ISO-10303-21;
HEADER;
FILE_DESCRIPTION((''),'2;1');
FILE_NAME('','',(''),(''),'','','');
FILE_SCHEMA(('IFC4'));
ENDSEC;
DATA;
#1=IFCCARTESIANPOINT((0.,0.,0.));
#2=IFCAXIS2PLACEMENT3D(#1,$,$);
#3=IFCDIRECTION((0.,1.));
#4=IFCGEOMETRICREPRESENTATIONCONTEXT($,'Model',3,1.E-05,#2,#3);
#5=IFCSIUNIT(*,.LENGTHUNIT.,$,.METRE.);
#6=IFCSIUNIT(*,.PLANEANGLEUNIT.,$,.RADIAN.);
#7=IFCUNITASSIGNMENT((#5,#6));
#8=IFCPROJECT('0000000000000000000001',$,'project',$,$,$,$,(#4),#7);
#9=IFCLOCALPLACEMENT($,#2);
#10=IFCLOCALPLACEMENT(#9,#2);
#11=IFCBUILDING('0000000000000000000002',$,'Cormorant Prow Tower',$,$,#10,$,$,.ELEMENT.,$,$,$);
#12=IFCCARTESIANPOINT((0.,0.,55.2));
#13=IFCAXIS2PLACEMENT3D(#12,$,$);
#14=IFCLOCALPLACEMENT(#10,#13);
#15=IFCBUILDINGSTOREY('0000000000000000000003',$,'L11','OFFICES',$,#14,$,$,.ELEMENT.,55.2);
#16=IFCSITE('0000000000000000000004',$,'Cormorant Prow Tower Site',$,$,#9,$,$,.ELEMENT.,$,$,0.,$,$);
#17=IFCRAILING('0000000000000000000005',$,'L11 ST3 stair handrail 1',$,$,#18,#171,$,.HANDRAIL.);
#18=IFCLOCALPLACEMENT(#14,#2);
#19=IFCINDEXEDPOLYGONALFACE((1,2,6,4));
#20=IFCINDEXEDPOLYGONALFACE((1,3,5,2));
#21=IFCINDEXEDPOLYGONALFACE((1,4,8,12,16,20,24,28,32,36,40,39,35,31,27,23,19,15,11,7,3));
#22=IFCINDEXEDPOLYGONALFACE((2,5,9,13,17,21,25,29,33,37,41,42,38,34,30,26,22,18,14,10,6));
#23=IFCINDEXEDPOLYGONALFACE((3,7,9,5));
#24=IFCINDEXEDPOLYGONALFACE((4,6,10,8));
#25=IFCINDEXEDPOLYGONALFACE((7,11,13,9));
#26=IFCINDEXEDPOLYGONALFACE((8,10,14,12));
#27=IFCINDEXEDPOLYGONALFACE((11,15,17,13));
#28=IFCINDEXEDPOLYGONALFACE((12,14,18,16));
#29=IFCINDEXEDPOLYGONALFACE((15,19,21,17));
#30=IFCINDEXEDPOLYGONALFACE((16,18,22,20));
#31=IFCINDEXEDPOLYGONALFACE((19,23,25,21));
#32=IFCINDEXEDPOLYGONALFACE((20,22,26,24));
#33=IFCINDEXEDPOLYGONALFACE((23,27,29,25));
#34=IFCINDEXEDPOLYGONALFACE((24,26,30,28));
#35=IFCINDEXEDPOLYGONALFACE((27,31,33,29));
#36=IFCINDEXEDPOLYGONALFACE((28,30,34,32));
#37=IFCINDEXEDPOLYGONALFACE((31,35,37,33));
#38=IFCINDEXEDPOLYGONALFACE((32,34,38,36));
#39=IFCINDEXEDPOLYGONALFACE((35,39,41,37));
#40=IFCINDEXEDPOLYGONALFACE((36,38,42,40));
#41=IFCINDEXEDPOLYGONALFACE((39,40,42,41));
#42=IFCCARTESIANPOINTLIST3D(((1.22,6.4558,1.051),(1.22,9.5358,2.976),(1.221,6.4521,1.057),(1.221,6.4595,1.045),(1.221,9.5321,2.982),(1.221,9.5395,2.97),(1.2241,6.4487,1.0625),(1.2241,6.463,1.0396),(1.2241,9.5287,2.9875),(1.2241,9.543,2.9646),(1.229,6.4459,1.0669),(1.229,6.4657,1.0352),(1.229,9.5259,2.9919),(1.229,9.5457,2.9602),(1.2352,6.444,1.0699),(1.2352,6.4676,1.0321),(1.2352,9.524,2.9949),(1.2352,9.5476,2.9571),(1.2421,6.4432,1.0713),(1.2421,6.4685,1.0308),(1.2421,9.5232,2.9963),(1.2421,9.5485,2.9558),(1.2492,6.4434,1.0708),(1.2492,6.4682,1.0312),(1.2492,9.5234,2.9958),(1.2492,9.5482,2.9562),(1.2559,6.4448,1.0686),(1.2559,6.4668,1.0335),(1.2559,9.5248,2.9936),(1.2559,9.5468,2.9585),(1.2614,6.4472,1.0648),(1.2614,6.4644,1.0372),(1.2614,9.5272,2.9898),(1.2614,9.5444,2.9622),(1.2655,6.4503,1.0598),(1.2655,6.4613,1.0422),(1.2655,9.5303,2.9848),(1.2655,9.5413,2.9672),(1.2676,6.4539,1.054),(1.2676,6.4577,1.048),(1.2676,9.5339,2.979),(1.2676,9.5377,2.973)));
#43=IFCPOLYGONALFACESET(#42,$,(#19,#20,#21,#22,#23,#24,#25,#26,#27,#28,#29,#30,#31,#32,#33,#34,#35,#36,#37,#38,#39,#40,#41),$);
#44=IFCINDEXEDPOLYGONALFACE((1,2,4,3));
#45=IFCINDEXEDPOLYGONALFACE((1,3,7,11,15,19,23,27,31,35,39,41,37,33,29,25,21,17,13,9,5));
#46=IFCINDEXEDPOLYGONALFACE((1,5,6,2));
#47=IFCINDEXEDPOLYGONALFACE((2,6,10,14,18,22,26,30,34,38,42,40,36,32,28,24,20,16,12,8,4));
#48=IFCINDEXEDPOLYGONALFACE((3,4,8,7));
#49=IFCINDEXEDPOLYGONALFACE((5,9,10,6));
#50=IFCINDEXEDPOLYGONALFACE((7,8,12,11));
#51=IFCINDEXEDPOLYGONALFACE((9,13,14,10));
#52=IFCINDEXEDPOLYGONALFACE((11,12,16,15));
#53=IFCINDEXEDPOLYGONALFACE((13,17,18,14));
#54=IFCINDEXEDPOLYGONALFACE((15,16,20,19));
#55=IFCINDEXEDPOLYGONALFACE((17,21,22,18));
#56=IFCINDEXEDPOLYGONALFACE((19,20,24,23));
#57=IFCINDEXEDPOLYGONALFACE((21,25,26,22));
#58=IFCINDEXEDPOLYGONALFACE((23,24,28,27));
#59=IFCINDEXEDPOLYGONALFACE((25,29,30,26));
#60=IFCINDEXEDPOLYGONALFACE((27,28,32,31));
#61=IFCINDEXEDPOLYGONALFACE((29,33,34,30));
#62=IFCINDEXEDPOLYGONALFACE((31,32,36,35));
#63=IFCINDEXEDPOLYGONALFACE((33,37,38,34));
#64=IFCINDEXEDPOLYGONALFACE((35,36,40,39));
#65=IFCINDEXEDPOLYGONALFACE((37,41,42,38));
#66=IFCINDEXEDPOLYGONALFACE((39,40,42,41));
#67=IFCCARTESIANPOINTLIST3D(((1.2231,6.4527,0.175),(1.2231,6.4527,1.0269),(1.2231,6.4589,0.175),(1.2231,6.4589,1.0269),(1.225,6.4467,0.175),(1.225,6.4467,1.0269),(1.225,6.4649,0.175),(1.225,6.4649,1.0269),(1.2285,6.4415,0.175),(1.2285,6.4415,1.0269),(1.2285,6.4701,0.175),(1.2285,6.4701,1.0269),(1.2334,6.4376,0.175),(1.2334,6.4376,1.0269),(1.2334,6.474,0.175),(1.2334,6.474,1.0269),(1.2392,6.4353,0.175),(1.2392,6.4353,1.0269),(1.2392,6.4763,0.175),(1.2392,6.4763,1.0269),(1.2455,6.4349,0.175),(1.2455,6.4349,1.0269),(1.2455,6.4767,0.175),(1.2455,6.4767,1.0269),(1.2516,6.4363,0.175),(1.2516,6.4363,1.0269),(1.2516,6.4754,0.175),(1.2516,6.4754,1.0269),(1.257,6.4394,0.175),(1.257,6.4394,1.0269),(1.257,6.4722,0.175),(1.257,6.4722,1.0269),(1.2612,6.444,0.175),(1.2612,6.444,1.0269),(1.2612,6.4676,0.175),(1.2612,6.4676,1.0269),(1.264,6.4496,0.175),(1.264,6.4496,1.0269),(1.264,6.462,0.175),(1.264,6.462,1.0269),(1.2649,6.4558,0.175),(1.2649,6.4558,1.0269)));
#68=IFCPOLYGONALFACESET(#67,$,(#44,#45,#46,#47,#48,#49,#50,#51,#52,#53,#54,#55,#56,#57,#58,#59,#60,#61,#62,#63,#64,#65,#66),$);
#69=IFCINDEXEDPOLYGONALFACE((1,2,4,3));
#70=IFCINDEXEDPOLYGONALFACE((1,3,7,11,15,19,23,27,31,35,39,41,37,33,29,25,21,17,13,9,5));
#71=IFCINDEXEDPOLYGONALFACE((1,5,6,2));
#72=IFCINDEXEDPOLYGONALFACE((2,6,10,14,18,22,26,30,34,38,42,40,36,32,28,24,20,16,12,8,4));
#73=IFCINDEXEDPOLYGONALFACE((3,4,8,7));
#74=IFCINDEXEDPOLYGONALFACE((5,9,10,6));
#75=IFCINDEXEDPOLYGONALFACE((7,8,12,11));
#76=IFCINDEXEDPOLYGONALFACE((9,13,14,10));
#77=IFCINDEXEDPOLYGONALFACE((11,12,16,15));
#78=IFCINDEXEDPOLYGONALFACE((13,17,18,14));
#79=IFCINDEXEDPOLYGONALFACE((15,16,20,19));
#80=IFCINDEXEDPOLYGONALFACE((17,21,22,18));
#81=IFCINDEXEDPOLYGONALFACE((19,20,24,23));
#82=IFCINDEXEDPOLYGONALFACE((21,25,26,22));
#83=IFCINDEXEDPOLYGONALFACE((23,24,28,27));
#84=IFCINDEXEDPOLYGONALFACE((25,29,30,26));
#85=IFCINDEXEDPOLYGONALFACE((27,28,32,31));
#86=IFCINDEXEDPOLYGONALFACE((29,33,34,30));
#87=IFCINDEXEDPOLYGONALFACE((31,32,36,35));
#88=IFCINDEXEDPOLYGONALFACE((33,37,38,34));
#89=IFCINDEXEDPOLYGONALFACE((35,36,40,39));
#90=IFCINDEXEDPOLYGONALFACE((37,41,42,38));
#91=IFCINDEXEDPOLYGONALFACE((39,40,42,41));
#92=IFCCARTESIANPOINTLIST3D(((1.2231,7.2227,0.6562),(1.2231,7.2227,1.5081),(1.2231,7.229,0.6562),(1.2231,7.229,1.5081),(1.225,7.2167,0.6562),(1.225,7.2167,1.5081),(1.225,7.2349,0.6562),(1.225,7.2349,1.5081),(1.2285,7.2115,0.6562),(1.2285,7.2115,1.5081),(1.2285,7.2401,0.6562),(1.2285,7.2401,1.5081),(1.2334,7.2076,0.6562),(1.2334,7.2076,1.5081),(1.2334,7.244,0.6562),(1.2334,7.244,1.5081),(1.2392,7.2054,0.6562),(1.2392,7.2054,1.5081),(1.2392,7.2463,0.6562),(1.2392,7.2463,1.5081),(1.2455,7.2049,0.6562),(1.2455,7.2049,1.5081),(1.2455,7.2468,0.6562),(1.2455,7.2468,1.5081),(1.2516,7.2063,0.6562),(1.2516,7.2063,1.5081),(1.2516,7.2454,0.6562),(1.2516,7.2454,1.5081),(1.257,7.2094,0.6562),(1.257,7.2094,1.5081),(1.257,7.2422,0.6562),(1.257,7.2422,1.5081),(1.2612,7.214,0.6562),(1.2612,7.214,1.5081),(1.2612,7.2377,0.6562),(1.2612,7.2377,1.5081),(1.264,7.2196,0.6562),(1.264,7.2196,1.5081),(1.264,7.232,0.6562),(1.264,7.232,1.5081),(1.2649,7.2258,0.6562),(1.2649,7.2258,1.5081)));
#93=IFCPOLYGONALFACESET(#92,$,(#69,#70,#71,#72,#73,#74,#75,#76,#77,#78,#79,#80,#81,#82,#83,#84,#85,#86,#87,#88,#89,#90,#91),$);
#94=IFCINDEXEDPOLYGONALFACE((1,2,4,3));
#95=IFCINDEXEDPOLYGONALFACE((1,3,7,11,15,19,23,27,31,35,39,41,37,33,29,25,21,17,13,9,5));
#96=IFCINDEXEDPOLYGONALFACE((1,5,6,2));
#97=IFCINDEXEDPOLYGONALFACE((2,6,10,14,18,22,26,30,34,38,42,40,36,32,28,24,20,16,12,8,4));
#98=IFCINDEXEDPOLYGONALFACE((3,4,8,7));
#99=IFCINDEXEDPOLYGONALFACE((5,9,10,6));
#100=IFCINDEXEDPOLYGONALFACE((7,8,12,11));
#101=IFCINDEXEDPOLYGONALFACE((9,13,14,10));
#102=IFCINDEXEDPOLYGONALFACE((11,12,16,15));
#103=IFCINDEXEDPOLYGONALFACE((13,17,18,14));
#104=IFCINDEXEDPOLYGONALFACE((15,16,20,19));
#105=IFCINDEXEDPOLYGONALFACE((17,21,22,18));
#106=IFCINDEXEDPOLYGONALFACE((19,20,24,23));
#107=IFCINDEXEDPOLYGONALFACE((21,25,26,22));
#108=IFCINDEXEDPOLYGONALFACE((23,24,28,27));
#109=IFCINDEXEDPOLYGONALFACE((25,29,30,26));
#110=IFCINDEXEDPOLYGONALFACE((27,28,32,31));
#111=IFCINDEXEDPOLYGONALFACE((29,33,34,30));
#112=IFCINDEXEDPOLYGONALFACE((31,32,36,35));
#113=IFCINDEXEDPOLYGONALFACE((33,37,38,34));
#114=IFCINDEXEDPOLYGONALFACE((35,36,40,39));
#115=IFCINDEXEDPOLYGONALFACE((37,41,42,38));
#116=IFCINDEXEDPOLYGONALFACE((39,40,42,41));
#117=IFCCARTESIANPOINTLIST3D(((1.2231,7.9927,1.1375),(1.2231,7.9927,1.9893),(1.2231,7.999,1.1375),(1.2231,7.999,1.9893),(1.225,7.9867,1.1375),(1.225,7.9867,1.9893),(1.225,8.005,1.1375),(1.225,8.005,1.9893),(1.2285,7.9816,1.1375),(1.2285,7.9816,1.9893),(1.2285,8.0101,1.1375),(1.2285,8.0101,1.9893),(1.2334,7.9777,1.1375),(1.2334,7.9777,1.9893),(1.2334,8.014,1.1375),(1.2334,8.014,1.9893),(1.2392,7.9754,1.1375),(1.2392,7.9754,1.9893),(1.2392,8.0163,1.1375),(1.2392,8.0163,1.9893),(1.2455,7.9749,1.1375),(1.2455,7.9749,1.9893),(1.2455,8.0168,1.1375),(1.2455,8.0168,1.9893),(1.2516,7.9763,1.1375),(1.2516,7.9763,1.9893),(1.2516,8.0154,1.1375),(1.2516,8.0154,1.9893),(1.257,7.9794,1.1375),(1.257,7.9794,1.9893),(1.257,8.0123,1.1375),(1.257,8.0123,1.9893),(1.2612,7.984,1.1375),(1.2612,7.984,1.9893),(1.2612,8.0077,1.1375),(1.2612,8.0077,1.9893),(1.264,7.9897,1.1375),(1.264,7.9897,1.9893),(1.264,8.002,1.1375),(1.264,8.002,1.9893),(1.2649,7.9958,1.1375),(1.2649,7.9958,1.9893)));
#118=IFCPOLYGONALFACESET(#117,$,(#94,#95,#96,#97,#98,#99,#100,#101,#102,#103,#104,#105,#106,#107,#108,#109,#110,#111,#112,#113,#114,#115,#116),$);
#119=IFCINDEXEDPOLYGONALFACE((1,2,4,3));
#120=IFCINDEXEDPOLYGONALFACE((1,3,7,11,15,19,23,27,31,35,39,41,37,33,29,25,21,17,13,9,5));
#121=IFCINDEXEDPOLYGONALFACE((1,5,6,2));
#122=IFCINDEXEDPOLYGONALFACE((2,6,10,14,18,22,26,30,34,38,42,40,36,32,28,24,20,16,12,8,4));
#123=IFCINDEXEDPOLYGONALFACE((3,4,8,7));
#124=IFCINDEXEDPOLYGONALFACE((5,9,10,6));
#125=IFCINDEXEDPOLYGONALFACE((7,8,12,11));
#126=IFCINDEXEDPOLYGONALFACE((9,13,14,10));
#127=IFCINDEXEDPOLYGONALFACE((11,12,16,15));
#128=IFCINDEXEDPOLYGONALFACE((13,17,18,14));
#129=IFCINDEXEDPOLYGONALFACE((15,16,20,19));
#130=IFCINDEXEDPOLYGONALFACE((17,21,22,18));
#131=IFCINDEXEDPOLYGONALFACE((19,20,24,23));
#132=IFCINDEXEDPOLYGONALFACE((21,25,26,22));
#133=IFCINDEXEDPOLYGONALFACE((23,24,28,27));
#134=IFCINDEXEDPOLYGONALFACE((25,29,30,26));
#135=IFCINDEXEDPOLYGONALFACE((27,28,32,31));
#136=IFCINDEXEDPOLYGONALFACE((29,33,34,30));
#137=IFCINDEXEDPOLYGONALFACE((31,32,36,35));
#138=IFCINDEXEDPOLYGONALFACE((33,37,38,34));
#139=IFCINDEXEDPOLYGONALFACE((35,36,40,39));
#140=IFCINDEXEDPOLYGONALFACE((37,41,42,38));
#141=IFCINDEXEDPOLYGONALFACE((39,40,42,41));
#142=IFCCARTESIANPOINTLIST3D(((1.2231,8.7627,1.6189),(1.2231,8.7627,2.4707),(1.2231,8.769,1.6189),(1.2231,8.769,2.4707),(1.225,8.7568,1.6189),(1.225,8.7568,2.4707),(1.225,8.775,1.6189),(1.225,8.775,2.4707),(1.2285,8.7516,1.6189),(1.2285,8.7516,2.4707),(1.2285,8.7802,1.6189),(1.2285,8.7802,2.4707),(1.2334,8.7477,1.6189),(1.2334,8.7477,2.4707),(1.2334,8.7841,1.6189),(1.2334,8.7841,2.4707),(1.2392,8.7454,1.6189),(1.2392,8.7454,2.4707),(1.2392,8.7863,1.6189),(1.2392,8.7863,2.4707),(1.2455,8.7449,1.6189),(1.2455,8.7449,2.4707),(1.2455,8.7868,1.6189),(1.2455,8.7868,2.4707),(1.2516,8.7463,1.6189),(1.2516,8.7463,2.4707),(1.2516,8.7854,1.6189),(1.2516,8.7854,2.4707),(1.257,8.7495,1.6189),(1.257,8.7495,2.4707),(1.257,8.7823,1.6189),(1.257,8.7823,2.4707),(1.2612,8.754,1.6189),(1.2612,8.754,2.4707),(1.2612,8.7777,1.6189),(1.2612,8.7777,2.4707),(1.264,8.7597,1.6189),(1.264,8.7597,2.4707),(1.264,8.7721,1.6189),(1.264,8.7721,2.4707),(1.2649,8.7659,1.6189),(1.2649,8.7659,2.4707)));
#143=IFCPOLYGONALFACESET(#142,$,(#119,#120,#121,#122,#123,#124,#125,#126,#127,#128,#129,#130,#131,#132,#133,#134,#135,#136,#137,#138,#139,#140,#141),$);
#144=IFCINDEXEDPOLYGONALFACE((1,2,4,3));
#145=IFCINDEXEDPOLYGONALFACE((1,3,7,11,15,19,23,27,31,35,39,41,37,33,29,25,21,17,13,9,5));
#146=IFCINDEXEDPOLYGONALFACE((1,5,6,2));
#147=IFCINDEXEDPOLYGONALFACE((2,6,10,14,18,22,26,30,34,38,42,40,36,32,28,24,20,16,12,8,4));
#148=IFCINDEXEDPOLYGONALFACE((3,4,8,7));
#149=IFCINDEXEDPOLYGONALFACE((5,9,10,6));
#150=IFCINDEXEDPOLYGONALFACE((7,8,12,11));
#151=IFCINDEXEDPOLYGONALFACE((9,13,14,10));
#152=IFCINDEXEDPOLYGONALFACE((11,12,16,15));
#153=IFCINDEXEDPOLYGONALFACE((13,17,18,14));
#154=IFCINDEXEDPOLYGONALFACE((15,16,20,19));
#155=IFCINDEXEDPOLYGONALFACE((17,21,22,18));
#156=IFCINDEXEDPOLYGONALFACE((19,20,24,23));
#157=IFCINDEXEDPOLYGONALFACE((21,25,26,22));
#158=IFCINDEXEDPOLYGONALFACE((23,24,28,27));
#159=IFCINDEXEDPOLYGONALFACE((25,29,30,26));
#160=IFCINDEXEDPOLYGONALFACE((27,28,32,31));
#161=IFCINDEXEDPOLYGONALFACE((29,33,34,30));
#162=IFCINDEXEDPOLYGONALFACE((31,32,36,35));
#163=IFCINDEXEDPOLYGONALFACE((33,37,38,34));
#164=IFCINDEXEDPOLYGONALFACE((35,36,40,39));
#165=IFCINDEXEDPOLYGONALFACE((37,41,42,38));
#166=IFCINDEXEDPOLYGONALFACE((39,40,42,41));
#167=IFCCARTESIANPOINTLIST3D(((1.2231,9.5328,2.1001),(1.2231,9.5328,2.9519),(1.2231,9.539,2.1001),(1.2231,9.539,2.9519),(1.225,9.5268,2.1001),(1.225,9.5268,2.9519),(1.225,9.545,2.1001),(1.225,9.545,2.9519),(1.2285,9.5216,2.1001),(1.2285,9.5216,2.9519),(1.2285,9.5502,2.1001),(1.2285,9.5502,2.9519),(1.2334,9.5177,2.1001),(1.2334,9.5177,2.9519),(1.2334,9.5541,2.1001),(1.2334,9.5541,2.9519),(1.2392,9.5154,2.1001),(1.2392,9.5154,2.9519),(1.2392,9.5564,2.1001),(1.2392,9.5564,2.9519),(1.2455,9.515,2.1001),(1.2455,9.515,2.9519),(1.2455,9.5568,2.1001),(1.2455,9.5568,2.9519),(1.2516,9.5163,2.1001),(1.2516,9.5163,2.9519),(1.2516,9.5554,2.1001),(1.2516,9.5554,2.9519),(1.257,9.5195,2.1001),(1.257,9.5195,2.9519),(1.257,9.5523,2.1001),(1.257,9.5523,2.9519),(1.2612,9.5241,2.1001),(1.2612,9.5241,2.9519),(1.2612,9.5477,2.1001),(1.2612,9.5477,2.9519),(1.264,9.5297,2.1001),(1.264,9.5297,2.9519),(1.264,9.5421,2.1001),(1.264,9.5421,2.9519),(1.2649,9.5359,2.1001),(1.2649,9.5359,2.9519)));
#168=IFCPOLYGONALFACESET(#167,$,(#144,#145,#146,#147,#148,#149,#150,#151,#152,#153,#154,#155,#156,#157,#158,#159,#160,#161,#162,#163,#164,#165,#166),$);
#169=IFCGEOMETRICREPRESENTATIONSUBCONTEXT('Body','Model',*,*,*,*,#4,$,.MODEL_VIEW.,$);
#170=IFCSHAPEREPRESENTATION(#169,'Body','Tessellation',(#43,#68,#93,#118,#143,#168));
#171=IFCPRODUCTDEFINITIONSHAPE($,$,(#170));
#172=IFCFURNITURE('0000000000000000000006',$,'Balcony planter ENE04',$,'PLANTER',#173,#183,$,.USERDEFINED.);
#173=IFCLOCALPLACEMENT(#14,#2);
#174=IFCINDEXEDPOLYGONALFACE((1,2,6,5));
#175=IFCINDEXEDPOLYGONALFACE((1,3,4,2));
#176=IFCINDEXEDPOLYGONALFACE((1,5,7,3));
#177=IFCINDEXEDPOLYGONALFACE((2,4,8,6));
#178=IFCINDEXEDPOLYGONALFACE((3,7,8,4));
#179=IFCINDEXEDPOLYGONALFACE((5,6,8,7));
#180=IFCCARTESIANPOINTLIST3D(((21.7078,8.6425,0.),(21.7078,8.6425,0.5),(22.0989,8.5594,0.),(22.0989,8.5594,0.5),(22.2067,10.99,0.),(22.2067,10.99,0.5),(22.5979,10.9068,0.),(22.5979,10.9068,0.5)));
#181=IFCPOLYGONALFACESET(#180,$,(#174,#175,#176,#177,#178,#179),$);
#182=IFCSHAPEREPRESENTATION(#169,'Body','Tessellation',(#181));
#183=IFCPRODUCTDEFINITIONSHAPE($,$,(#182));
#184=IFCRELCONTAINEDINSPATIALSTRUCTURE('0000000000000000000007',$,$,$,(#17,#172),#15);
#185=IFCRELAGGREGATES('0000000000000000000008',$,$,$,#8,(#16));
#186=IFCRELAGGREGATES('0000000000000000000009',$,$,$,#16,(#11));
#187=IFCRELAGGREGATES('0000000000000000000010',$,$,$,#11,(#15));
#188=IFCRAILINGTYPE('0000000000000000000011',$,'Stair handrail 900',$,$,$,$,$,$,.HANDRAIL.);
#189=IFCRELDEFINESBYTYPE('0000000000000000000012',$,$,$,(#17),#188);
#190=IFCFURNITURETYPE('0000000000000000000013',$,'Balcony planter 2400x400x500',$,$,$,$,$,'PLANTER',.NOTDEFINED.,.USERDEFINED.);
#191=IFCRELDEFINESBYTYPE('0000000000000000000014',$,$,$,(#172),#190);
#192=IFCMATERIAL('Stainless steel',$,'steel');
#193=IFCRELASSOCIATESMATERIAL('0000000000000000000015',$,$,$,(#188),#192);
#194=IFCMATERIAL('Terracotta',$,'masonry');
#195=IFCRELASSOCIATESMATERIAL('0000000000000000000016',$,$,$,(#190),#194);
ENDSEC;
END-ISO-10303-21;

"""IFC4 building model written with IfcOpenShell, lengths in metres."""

from ifc_helpers import new_model, si_unit, direction, frame, origin, origin_2d, place, context, subcontext, project, spatial, rectangle, circle, extrude, material, type_object, element, save


model = new_model("IFC4")

# Units and contexts
model_context = context("Model", 3, precision=1e-05, world=origin(), true_north=direction((0.0, 1.0)))
body_context = subcontext(model_context, "Body", "Model", "MODEL_VIEW")
ifc_project = project(units=[si_unit("LENGTHUNIT", "METRE"), si_unit("PLANEANGLEUNIT", "RADIAN")], contexts=[model_context])

# Site, building, storey
site_placement = place(None, origin())
site = spatial("IfcSite", under=ifc_project, at=site_placement, Name="Cormorant Prow Tower Site", CompositionType="ELEMENT", RefElevation=0.0)
building_placement = place(site_placement, origin())
building = spatial("IfcBuilding", under=site, at=building_placement, Name="Cormorant Prow Tower", CompositionType="ELEMENT")
storey_placement = place(building_placement, frame((0.0, 0.0, 55.2)))
storey = spatial("IfcBuildingStorey", under=building, at=storey_placement, Name="L11", Description="OFFICES", CompositionType="ELEMENT", Elevation=55.2)

# Railing
ifc_material_1 = material(Name="Stainless steel", Category="steel")
railing_type = type_object("IfcRailingType", Name="Stair handrail 900", PredefinedType="HANDRAIL", material=ifc_material_1)
railing_placement = place(storey_placement, frame((1.2439, 6.4558, 0.175)))
element("IfcRailing", 1, at=railing_placement, inside=storey, type_object=railing_type, Name="L11 ST3 stair handrail 1", PredefinedType="HANDRAIL", context=body_context, shape_type="SweptSolid", body=[
    extrude(circle(Radius=0.0239, at=origin_2d()), frame((0.0, 0.0, 0.876), z_axis=(0.0, 0.847998, 0.529999), x_axis=(-1.0, 0.0, 0.0)), (0.0, 0.0, 1.0), 3.6321),
    extrude(circle(Radius=0.021, at=origin_2d()), origin(), (0.0, 0.0, 1.0), 0.8518),
    extrude(circle(Radius=0.021, at=origin_2d()), frame((0.0, 0.77, 0.4812)), (0.0, 0.0, 1.0), 0.8518),
    extrude(circle(Radius=0.021, at=origin_2d()), frame((0.0, 1.54, 0.9624)), (0.0, 0.0, 1.0), 0.8518),
    extrude(circle(Radius=0.021, at=origin_2d()), frame((0.0, 2.3101, 1.4438)), (0.0, 0.0, 1.0), 0.8518),
    extrude(circle(Radius=0.021, at=origin_2d()), frame((0.0, 3.0801, 1.925)), (0.0, 0.0, 1.0), 0.8518),
])

# Furniture
ifc_material_2 = material(Name="Terracotta", Category="masonry")
furniture_type = type_object("IfcFurnitureType", Name="Balcony planter 2400x400x500", ElementType="PLANTER", AssemblyPlace="NOTDEFINED", PredefinedType="USERDEFINED", material=ifc_material_2)
furniture_placement = place(storey_placement, frame((22.1528, 9.7747, 0.0), z_axis=(0.0, 0.0, 1.0), x_axis=(0.207912, 0.978148, 0.0)))
element("IfcFurniture", 2, at=furniture_placement, inside=storey, type_object=furniture_type, Name="Balcony planter ENE04", ObjectType="PLANTER", PredefinedType="USERDEFINED", context=body_context, shape_type="SweptSolid", body=[
    extrude(rectangle(XDim=2.3999, YDim=0.3999, at=origin_2d()), origin(), (0.0, 0.0, 1.0), 0.5),
])

save(model, "model.ifc")
